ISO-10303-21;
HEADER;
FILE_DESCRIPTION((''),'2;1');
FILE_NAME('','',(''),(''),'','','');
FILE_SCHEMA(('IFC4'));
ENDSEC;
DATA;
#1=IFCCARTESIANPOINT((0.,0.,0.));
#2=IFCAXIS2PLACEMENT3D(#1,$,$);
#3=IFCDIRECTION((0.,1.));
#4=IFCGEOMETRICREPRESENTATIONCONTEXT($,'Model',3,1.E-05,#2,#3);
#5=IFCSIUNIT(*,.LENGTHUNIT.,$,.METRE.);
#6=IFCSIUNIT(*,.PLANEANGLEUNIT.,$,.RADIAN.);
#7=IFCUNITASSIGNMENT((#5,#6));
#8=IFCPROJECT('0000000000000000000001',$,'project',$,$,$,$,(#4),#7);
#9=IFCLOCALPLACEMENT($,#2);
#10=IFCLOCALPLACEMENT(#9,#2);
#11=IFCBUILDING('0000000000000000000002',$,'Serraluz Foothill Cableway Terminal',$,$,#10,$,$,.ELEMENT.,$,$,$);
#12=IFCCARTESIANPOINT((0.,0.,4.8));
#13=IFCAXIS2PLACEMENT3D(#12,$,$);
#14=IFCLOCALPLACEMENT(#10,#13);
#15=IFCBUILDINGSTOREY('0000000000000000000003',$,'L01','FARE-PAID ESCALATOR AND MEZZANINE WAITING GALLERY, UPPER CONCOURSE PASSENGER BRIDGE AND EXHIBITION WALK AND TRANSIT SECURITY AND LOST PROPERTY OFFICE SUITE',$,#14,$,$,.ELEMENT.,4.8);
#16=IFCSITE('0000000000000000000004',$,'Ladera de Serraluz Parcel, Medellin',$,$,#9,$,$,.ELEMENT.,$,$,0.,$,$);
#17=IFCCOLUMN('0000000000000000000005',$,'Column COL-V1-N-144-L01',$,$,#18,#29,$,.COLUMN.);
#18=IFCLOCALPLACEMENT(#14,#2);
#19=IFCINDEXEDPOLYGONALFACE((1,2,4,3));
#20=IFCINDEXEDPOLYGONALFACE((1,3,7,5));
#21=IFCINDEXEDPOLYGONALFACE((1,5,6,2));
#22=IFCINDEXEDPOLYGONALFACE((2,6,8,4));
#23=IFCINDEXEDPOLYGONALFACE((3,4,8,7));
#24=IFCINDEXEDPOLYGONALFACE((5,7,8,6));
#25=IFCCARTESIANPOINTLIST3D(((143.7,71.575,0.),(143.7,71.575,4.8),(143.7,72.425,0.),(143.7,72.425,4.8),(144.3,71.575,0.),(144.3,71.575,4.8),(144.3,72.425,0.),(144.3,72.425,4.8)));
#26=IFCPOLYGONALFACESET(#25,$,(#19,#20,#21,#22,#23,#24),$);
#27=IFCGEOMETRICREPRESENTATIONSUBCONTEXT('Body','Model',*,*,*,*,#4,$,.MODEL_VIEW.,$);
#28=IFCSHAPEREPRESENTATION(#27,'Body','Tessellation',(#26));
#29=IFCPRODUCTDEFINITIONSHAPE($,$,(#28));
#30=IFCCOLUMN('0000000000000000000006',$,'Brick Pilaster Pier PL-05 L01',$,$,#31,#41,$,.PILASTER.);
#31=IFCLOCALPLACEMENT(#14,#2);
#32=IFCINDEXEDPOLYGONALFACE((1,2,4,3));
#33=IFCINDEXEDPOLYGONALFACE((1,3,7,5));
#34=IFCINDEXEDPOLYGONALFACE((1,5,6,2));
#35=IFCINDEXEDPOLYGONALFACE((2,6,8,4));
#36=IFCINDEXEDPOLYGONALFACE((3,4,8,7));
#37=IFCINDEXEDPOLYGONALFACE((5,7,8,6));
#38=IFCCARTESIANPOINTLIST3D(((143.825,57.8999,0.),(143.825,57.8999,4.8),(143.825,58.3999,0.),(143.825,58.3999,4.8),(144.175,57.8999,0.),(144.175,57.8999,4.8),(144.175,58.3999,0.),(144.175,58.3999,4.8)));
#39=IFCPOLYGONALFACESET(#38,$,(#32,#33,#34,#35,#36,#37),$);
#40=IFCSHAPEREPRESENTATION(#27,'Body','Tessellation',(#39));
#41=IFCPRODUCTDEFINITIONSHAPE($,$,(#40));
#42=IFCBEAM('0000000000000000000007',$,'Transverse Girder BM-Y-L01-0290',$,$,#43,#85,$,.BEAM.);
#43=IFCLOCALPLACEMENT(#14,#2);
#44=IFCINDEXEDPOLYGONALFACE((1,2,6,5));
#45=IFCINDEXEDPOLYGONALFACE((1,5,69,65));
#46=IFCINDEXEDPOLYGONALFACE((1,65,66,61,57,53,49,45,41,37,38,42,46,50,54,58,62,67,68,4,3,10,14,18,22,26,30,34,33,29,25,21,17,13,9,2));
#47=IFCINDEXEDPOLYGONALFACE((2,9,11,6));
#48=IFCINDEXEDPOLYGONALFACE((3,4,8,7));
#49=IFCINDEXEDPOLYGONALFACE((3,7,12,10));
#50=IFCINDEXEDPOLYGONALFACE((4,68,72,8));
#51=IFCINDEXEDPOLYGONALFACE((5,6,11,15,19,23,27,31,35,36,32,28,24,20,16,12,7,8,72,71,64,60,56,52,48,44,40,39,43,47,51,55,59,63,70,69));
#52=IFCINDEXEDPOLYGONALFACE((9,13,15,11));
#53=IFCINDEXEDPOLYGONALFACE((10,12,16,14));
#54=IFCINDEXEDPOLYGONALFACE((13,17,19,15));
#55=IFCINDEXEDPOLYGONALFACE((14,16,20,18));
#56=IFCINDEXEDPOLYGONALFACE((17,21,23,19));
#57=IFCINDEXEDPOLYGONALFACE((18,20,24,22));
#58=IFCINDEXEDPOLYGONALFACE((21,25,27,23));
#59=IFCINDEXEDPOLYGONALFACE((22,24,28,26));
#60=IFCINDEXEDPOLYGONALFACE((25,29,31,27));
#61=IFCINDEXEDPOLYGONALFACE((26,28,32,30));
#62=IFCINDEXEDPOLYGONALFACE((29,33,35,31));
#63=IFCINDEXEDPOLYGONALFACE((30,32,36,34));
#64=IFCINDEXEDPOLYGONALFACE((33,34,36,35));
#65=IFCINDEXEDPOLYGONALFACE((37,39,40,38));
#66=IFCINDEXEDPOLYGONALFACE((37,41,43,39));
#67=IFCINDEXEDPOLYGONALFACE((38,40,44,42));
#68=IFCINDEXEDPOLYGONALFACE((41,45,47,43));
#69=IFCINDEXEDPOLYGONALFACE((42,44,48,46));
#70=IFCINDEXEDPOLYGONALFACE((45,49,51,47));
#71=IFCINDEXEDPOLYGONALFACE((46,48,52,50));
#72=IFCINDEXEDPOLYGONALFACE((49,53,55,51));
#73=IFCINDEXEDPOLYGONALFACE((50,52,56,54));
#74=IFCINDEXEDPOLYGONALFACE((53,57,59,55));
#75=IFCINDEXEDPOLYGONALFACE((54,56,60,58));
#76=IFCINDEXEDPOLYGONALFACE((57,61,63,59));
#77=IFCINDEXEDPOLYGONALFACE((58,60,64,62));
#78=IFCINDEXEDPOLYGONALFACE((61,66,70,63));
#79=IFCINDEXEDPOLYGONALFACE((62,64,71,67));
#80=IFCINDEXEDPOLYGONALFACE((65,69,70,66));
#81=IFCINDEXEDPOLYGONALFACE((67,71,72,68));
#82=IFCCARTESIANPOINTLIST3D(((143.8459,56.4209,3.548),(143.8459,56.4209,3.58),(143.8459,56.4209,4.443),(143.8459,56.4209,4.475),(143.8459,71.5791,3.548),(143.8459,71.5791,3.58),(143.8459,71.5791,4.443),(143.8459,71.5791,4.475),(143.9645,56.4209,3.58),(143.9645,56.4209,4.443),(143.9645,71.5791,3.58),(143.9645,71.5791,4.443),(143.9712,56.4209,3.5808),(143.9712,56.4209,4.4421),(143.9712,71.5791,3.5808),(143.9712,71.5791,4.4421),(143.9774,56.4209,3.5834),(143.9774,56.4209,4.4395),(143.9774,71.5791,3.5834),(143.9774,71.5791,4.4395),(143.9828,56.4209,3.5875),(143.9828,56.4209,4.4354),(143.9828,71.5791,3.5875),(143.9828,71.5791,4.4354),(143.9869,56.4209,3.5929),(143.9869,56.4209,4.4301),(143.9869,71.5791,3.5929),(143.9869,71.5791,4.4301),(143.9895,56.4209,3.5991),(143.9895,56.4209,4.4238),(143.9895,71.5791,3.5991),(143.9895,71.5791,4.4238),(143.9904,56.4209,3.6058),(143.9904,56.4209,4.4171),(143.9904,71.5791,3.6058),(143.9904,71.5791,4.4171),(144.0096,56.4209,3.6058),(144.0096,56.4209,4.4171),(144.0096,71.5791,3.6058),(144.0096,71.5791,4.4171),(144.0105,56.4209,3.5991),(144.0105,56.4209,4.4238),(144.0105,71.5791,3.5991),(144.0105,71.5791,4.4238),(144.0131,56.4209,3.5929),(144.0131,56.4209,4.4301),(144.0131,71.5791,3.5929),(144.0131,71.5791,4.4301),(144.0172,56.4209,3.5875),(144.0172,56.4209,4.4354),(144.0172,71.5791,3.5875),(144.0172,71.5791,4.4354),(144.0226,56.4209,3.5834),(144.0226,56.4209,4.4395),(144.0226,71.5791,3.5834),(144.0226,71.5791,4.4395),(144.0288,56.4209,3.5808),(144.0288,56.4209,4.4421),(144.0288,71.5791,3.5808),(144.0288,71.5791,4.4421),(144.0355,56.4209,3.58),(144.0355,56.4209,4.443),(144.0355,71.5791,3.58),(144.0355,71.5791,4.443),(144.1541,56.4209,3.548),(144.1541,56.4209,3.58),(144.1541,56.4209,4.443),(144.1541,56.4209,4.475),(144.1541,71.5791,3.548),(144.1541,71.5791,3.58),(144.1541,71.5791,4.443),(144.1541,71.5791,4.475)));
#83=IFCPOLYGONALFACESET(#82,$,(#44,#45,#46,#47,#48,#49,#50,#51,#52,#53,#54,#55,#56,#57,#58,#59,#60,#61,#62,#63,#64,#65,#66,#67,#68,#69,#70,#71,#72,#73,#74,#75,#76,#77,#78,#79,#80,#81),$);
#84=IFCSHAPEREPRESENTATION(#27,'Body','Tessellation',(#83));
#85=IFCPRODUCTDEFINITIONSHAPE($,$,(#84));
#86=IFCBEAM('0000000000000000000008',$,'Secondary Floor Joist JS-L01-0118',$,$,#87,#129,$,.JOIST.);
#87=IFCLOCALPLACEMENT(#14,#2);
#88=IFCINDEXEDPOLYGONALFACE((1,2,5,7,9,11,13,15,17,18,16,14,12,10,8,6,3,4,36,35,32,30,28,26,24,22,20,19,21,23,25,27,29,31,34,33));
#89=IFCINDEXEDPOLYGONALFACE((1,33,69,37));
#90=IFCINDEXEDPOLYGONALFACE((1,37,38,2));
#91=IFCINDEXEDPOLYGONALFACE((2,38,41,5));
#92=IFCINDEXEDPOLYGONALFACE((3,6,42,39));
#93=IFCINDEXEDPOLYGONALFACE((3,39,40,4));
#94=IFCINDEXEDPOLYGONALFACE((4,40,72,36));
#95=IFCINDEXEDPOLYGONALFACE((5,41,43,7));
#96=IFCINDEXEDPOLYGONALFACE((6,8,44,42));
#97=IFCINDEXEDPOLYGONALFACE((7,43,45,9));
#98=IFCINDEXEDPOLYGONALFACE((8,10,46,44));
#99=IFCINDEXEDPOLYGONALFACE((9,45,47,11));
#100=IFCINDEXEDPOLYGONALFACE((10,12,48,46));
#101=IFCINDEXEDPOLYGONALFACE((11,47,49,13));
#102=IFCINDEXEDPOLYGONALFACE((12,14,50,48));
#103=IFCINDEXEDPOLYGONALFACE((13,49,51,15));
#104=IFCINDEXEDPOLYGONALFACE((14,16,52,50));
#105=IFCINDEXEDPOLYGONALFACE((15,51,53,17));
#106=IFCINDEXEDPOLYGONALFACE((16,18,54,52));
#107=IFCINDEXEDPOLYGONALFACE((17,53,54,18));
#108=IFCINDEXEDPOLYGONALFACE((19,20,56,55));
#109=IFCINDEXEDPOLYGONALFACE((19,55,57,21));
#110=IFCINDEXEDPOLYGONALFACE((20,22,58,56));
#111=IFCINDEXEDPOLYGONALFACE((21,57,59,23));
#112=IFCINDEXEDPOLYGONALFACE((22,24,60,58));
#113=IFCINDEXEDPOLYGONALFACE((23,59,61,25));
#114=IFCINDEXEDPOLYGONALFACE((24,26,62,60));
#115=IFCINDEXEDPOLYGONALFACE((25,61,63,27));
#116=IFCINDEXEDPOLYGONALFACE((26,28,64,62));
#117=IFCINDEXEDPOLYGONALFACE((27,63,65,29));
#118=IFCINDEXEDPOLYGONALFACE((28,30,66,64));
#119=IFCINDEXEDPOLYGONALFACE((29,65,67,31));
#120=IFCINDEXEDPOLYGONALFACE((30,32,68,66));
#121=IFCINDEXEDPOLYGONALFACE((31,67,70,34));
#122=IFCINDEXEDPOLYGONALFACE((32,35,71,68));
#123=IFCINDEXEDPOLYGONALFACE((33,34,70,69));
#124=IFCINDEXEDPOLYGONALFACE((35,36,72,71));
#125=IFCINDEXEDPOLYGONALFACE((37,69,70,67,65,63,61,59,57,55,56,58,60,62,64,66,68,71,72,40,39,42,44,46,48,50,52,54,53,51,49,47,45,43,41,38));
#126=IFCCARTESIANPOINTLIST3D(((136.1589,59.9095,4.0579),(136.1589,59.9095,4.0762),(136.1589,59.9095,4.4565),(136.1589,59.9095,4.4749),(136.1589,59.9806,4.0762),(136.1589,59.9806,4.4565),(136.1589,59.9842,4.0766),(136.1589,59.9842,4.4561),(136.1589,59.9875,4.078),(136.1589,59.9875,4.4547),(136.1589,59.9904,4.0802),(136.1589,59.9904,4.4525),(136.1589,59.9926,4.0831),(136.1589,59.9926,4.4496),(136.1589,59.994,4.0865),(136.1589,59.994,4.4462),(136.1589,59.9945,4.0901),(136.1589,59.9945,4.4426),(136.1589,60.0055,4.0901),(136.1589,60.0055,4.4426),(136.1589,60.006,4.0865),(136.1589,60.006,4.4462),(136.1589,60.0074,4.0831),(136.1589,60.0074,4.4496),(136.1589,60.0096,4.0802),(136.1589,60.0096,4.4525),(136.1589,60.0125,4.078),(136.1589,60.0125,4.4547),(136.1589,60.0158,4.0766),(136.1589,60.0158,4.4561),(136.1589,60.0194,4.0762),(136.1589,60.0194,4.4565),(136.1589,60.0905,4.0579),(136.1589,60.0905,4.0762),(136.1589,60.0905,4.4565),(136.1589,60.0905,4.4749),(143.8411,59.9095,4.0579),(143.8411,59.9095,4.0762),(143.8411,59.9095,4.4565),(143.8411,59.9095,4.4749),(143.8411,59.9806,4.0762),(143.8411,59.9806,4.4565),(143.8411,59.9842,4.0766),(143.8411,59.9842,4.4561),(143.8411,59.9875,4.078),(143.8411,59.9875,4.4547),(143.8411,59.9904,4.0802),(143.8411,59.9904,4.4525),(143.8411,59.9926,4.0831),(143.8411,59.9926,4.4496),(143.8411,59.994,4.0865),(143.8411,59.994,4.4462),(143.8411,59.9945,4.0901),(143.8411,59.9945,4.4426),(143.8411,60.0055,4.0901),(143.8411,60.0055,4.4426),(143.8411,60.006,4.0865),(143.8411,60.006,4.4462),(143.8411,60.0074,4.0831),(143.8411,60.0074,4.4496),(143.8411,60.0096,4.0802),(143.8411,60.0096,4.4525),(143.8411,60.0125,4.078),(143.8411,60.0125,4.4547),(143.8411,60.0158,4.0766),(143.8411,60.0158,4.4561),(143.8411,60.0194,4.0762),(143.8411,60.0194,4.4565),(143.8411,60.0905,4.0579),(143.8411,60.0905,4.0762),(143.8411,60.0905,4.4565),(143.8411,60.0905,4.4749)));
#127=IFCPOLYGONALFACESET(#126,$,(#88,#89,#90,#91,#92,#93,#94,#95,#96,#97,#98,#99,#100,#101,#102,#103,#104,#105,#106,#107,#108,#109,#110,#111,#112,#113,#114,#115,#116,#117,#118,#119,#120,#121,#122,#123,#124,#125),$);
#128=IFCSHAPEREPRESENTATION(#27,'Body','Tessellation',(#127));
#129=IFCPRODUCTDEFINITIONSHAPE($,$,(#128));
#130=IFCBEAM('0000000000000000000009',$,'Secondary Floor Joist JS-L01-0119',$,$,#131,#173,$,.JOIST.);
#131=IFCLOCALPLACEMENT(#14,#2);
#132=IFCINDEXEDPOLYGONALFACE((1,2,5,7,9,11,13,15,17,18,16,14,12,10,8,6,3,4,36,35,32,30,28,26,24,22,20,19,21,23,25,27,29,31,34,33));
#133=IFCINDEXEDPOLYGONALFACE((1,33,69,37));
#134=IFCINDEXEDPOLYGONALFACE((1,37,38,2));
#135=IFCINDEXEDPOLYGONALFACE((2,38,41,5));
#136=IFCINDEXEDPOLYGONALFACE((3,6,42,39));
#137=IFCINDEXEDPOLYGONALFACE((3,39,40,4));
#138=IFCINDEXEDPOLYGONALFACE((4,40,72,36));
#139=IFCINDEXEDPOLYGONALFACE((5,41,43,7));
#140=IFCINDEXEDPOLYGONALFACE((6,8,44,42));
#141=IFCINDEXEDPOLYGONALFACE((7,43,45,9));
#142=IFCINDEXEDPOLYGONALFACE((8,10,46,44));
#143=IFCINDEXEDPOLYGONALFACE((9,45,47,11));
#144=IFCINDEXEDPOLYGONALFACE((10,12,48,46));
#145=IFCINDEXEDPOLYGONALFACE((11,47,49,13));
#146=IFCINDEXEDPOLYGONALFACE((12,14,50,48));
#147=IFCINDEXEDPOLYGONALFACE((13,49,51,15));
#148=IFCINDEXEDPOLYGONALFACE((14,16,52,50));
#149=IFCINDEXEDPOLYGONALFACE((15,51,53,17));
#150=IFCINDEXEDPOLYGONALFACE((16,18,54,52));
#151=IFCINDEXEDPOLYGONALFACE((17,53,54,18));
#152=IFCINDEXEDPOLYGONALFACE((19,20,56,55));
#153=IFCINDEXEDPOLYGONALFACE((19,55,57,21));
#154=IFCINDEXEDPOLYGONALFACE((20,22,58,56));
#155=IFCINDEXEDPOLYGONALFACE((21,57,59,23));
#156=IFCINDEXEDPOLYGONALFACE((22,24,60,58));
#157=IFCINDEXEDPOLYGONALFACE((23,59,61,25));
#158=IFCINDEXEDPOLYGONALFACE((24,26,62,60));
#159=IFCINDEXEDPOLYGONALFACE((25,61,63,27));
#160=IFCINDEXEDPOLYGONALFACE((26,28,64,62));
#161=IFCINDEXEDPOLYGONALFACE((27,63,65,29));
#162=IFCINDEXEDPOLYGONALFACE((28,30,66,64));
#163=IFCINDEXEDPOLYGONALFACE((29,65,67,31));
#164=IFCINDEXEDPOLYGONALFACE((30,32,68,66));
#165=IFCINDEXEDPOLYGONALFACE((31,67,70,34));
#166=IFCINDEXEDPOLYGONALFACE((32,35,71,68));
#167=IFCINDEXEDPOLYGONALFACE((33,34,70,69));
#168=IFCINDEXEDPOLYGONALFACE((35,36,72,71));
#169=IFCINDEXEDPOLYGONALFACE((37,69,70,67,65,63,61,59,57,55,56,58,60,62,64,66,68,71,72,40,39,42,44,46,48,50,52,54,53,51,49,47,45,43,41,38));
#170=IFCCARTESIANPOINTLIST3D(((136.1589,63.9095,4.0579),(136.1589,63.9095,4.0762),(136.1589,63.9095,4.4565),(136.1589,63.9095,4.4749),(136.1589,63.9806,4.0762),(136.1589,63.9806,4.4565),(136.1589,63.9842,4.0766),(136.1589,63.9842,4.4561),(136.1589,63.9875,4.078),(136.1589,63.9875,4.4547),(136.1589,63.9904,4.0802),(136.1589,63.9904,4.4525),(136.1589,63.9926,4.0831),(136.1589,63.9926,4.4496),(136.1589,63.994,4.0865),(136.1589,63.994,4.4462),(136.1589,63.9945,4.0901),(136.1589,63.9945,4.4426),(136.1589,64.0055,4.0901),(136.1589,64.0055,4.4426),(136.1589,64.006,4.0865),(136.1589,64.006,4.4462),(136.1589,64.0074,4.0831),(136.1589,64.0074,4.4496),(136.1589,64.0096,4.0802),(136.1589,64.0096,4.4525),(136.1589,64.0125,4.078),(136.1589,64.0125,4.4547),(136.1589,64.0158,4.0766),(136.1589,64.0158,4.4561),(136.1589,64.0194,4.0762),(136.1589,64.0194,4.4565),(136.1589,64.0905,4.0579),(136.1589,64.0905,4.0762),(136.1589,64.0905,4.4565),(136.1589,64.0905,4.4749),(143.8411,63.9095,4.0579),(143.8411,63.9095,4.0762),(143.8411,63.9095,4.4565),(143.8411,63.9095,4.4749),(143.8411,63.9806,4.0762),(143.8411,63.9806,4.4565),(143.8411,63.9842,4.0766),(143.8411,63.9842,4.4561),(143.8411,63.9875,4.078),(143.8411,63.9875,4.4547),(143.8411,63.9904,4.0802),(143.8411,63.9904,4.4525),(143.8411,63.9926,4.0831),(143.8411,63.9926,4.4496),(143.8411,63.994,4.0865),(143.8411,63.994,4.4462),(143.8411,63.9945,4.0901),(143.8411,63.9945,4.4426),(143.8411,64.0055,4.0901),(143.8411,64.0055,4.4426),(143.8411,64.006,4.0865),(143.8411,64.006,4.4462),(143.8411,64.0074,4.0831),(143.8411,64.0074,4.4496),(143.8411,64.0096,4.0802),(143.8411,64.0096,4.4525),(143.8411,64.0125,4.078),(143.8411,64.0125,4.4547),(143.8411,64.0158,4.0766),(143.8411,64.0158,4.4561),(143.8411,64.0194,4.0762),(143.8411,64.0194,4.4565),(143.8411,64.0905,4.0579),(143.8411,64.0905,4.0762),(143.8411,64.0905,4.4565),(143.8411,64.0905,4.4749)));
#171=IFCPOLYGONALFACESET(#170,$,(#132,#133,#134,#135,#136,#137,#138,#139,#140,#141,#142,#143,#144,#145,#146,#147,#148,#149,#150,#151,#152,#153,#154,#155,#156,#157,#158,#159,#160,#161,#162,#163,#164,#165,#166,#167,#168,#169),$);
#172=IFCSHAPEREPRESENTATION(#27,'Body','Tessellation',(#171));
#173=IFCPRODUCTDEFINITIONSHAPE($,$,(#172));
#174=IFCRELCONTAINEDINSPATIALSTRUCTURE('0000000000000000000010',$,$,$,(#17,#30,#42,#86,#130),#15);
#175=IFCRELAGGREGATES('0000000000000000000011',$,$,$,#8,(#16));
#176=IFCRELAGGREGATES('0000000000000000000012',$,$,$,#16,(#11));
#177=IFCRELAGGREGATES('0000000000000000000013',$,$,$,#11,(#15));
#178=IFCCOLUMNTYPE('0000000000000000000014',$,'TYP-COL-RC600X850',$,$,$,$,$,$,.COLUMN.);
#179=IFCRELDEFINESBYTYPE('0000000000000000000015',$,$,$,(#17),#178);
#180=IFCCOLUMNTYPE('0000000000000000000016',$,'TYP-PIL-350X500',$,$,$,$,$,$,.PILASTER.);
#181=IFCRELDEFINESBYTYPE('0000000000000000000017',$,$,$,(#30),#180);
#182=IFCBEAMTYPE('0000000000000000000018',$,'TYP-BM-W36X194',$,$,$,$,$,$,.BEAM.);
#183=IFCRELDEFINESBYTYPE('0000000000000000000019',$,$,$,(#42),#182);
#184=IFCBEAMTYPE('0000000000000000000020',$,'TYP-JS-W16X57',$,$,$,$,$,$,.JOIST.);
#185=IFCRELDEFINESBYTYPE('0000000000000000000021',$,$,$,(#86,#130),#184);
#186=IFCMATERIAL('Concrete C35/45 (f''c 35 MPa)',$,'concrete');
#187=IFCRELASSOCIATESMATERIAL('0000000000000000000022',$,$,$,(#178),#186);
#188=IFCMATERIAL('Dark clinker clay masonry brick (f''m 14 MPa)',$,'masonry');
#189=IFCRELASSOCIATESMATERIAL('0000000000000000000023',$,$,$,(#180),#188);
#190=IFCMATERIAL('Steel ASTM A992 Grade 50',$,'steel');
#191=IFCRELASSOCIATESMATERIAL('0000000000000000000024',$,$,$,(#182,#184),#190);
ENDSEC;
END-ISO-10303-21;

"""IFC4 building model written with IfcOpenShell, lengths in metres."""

from ifc_helpers import new_model, si_unit, direction, frame, origin, origin_2d, place, context, subcontext, project, spatial, rectangle, i_section, extrude, material, material_profile, profile_set, type_object, element, save


model = new_model("IFC4")

# Units and contexts
model_context = context("Model", 3, precision=1e-05, world=origin(), true_north=direction((0.0, 1.0)))
body_context = subcontext(model_context, "Body", "Model", "MODEL_VIEW")
ifc_project = project(units=[si_unit("LENGTHUNIT", "METRE"), si_unit("PLANEANGLEUNIT", "RADIAN")], contexts=[model_context])

# Site, building, storey
site_placement = place(None, origin())
site = spatial("IfcSite", under=ifc_project, at=site_placement, Name="Ladera de Serraluz Parcel, Medellin", CompositionType="ELEMENT", RefElevation=0.0)
building_placement = place(site_placement, origin())
building = spatial("IfcBuilding", under=site, at=building_placement, Name="Serraluz Foothill Cableway Terminal", CompositionType="ELEMENT")
storey_placement = place(building_placement, frame((0.0, 0.0, 4.8)))
storey = spatial("IfcBuildingStorey", under=building, at=storey_placement, Name="L01", Description="FARE-PAID ESCALATOR AND MEZZANINE WAITING GALLERY, UPPER CONCOURSE PASSENGER BRIDGE AND EXHIBITION WALK AND TRANSIT SECURITY AND LOST PROPERTY OFFICE SUITE", CompositionType="ELEMENT", Elevation=4.8)

# Columns
ifc_material_1 = material(Name="Concrete C35/45 (f'c 35 MPa)", Category="concrete")
ifc_material_profile_1 = material_profile(ifc_material_1, rectangle(XDim=0.6001, YDim=0.8501, at=origin_2d()), Name="RC 600x850")
ifc_profile_set_1 = profile_set([ifc_material_profile_1], Name="Concrete C35/45 (f'c 35 MPa)")
column_type_1 = type_object("IfcColumnType", Name="TYP-COL-RC600X850", PredefinedType="COLUMN", material=ifc_profile_set_1)
column_1_placement = place(storey_placement, frame((144.0, 72.0, 0.0), z_axis=(0.0, 0.0, 1.0), x_axis=(1.0, 0.0, 0.0)))
element("IfcColumn", 1, at=column_1_placement, inside=storey, type_object=column_type_1, Name="Column COL-V1-N-144-L01", PredefinedType="COLUMN", context=body_context, shape_type="SweptSolid", body=[
    extrude(rectangle(XDim=0.6001, YDim=0.8501, at=origin_2d()), origin(), (0.0, 0.0, 1.0), 4.8),
])
ifc_material_2 = material(Name="Dark clinker clay masonry brick (f'm 14 MPa)", Category="masonry")
ifc_material_profile_2 = material_profile(ifc_material_2, rectangle(XDim=0.3501, YDim=0.5, at=origin_2d()), Name="PIL 350x500")
ifc_profile_set_2 = profile_set([ifc_material_profile_2], Name="Dark clinker clay masonry brick (f'm 14 MPa)")
column_type_2 = type_object("IfcColumnType", Name="TYP-PIL-350X500", PredefinedType="PILASTER", material=ifc_profile_set_2)
column_2_placement = place(storey_placement, frame((144.0, 58.1499, 0.0), z_axis=(0.0, 0.0, 1.0), x_axis=(1.0, 0.0, 0.0)))
element("IfcColumn", 2, at=column_2_placement, inside=storey, type_object=column_type_2, Name="Brick Pilaster Pier PL-05 L01", PredefinedType="PILASTER", context=body_context, shape_type="SweptSolid", body=[
    extrude(rectangle(XDim=0.3501, YDim=0.5, at=origin_2d()), origin(), (0.0, 0.0, 1.0), 4.8),
])

# Beams
ifc_material_3 = material(Name="Steel ASTM A992 Grade 50", Category="steel")
ifc_material_profile_3 = material_profile(ifc_material_3, i_section(OverallWidth=0.3081, OverallDepth=0.927, WebThickness=0.0193, FlangeThickness=0.032, FilletRadius=0.0259, at=origin_2d()), Name="W36X194")
ifc_profile_set_3 = profile_set([ifc_material_profile_3], Name="Steel ASTM A992 Grade 50")
beam_type_1 = type_object("IfcBeamType", Name="TYP-BM-W36X194", PredefinedType="BEAM", material=ifc_profile_set_3)
beam_1_placement = place(storey_placement, frame((144.0, 56.4209, 4.0115), z_axis=(0.0, 1.0, 0.0), x_axis=(-1.0, 0.0, 0.0)))
element("IfcBeam", 3, at=beam_1_placement, inside=storey, type_object=beam_type_1, Name="Transverse Girder BM-Y-L01-0290", PredefinedType="BEAM", context=body_context, shape_type="SweptSolid", body=[
    extrude(i_section(OverallWidth=0.3081, OverallDepth=0.927, WebThickness=0.0193, FlangeThickness=0.032, FilletRadius=0.0259, at=origin_2d()), origin(), (0.0, 0.0, 1.0), 15.1582),
])
ifc_material_profile_4 = material_profile(ifc_material_3, i_section(OverallWidth=0.1809, OverallDepth=0.417, WebThickness=0.011, FlangeThickness=0.0183, FilletRadius=0.0139, at=origin_2d()), Name="W16X57")
ifc_profile_set_4 = profile_set([ifc_material_profile_4], Name="Steel ASTM A992 Grade 50")
beam_type_2 = type_object("IfcBeamType", Name="TYP-JS-W16X57", PredefinedType="JOIST", material=ifc_profile_set_4)
for number, where, z_axis, x_axis, name in (
    (4, (136.1589, 60.0, 4.2664), (1.0, 0.0, 0.0), (0.0, 1.0, 0.0), "Secondary Floor Joist JS-L01-0118"),
    (5, (136.1589, 64.0, 4.2664), (1.0, 0.0, 0.0), (0.0, 1.0, 0.0), "Secondary Floor Joist JS-L01-0119"),
):
    element("IfcBeam", number, at=place(storey_placement, frame(where, z_axis=z_axis, x_axis=x_axis)), inside=storey, type_object=beam_type_2, Name=name, PredefinedType="JOIST", context=body_context, shape_type="SweptSolid", body=[
        extrude(i_section(OverallWidth=0.1809, OverallDepth=0.417, WebThickness=0.011, FlangeThickness=0.0183, FilletRadius=0.0139, at=origin_2d()), origin(), (0.0, 0.0, 1.0), 7.6821),
    ])

save(model, "model.ifc")
